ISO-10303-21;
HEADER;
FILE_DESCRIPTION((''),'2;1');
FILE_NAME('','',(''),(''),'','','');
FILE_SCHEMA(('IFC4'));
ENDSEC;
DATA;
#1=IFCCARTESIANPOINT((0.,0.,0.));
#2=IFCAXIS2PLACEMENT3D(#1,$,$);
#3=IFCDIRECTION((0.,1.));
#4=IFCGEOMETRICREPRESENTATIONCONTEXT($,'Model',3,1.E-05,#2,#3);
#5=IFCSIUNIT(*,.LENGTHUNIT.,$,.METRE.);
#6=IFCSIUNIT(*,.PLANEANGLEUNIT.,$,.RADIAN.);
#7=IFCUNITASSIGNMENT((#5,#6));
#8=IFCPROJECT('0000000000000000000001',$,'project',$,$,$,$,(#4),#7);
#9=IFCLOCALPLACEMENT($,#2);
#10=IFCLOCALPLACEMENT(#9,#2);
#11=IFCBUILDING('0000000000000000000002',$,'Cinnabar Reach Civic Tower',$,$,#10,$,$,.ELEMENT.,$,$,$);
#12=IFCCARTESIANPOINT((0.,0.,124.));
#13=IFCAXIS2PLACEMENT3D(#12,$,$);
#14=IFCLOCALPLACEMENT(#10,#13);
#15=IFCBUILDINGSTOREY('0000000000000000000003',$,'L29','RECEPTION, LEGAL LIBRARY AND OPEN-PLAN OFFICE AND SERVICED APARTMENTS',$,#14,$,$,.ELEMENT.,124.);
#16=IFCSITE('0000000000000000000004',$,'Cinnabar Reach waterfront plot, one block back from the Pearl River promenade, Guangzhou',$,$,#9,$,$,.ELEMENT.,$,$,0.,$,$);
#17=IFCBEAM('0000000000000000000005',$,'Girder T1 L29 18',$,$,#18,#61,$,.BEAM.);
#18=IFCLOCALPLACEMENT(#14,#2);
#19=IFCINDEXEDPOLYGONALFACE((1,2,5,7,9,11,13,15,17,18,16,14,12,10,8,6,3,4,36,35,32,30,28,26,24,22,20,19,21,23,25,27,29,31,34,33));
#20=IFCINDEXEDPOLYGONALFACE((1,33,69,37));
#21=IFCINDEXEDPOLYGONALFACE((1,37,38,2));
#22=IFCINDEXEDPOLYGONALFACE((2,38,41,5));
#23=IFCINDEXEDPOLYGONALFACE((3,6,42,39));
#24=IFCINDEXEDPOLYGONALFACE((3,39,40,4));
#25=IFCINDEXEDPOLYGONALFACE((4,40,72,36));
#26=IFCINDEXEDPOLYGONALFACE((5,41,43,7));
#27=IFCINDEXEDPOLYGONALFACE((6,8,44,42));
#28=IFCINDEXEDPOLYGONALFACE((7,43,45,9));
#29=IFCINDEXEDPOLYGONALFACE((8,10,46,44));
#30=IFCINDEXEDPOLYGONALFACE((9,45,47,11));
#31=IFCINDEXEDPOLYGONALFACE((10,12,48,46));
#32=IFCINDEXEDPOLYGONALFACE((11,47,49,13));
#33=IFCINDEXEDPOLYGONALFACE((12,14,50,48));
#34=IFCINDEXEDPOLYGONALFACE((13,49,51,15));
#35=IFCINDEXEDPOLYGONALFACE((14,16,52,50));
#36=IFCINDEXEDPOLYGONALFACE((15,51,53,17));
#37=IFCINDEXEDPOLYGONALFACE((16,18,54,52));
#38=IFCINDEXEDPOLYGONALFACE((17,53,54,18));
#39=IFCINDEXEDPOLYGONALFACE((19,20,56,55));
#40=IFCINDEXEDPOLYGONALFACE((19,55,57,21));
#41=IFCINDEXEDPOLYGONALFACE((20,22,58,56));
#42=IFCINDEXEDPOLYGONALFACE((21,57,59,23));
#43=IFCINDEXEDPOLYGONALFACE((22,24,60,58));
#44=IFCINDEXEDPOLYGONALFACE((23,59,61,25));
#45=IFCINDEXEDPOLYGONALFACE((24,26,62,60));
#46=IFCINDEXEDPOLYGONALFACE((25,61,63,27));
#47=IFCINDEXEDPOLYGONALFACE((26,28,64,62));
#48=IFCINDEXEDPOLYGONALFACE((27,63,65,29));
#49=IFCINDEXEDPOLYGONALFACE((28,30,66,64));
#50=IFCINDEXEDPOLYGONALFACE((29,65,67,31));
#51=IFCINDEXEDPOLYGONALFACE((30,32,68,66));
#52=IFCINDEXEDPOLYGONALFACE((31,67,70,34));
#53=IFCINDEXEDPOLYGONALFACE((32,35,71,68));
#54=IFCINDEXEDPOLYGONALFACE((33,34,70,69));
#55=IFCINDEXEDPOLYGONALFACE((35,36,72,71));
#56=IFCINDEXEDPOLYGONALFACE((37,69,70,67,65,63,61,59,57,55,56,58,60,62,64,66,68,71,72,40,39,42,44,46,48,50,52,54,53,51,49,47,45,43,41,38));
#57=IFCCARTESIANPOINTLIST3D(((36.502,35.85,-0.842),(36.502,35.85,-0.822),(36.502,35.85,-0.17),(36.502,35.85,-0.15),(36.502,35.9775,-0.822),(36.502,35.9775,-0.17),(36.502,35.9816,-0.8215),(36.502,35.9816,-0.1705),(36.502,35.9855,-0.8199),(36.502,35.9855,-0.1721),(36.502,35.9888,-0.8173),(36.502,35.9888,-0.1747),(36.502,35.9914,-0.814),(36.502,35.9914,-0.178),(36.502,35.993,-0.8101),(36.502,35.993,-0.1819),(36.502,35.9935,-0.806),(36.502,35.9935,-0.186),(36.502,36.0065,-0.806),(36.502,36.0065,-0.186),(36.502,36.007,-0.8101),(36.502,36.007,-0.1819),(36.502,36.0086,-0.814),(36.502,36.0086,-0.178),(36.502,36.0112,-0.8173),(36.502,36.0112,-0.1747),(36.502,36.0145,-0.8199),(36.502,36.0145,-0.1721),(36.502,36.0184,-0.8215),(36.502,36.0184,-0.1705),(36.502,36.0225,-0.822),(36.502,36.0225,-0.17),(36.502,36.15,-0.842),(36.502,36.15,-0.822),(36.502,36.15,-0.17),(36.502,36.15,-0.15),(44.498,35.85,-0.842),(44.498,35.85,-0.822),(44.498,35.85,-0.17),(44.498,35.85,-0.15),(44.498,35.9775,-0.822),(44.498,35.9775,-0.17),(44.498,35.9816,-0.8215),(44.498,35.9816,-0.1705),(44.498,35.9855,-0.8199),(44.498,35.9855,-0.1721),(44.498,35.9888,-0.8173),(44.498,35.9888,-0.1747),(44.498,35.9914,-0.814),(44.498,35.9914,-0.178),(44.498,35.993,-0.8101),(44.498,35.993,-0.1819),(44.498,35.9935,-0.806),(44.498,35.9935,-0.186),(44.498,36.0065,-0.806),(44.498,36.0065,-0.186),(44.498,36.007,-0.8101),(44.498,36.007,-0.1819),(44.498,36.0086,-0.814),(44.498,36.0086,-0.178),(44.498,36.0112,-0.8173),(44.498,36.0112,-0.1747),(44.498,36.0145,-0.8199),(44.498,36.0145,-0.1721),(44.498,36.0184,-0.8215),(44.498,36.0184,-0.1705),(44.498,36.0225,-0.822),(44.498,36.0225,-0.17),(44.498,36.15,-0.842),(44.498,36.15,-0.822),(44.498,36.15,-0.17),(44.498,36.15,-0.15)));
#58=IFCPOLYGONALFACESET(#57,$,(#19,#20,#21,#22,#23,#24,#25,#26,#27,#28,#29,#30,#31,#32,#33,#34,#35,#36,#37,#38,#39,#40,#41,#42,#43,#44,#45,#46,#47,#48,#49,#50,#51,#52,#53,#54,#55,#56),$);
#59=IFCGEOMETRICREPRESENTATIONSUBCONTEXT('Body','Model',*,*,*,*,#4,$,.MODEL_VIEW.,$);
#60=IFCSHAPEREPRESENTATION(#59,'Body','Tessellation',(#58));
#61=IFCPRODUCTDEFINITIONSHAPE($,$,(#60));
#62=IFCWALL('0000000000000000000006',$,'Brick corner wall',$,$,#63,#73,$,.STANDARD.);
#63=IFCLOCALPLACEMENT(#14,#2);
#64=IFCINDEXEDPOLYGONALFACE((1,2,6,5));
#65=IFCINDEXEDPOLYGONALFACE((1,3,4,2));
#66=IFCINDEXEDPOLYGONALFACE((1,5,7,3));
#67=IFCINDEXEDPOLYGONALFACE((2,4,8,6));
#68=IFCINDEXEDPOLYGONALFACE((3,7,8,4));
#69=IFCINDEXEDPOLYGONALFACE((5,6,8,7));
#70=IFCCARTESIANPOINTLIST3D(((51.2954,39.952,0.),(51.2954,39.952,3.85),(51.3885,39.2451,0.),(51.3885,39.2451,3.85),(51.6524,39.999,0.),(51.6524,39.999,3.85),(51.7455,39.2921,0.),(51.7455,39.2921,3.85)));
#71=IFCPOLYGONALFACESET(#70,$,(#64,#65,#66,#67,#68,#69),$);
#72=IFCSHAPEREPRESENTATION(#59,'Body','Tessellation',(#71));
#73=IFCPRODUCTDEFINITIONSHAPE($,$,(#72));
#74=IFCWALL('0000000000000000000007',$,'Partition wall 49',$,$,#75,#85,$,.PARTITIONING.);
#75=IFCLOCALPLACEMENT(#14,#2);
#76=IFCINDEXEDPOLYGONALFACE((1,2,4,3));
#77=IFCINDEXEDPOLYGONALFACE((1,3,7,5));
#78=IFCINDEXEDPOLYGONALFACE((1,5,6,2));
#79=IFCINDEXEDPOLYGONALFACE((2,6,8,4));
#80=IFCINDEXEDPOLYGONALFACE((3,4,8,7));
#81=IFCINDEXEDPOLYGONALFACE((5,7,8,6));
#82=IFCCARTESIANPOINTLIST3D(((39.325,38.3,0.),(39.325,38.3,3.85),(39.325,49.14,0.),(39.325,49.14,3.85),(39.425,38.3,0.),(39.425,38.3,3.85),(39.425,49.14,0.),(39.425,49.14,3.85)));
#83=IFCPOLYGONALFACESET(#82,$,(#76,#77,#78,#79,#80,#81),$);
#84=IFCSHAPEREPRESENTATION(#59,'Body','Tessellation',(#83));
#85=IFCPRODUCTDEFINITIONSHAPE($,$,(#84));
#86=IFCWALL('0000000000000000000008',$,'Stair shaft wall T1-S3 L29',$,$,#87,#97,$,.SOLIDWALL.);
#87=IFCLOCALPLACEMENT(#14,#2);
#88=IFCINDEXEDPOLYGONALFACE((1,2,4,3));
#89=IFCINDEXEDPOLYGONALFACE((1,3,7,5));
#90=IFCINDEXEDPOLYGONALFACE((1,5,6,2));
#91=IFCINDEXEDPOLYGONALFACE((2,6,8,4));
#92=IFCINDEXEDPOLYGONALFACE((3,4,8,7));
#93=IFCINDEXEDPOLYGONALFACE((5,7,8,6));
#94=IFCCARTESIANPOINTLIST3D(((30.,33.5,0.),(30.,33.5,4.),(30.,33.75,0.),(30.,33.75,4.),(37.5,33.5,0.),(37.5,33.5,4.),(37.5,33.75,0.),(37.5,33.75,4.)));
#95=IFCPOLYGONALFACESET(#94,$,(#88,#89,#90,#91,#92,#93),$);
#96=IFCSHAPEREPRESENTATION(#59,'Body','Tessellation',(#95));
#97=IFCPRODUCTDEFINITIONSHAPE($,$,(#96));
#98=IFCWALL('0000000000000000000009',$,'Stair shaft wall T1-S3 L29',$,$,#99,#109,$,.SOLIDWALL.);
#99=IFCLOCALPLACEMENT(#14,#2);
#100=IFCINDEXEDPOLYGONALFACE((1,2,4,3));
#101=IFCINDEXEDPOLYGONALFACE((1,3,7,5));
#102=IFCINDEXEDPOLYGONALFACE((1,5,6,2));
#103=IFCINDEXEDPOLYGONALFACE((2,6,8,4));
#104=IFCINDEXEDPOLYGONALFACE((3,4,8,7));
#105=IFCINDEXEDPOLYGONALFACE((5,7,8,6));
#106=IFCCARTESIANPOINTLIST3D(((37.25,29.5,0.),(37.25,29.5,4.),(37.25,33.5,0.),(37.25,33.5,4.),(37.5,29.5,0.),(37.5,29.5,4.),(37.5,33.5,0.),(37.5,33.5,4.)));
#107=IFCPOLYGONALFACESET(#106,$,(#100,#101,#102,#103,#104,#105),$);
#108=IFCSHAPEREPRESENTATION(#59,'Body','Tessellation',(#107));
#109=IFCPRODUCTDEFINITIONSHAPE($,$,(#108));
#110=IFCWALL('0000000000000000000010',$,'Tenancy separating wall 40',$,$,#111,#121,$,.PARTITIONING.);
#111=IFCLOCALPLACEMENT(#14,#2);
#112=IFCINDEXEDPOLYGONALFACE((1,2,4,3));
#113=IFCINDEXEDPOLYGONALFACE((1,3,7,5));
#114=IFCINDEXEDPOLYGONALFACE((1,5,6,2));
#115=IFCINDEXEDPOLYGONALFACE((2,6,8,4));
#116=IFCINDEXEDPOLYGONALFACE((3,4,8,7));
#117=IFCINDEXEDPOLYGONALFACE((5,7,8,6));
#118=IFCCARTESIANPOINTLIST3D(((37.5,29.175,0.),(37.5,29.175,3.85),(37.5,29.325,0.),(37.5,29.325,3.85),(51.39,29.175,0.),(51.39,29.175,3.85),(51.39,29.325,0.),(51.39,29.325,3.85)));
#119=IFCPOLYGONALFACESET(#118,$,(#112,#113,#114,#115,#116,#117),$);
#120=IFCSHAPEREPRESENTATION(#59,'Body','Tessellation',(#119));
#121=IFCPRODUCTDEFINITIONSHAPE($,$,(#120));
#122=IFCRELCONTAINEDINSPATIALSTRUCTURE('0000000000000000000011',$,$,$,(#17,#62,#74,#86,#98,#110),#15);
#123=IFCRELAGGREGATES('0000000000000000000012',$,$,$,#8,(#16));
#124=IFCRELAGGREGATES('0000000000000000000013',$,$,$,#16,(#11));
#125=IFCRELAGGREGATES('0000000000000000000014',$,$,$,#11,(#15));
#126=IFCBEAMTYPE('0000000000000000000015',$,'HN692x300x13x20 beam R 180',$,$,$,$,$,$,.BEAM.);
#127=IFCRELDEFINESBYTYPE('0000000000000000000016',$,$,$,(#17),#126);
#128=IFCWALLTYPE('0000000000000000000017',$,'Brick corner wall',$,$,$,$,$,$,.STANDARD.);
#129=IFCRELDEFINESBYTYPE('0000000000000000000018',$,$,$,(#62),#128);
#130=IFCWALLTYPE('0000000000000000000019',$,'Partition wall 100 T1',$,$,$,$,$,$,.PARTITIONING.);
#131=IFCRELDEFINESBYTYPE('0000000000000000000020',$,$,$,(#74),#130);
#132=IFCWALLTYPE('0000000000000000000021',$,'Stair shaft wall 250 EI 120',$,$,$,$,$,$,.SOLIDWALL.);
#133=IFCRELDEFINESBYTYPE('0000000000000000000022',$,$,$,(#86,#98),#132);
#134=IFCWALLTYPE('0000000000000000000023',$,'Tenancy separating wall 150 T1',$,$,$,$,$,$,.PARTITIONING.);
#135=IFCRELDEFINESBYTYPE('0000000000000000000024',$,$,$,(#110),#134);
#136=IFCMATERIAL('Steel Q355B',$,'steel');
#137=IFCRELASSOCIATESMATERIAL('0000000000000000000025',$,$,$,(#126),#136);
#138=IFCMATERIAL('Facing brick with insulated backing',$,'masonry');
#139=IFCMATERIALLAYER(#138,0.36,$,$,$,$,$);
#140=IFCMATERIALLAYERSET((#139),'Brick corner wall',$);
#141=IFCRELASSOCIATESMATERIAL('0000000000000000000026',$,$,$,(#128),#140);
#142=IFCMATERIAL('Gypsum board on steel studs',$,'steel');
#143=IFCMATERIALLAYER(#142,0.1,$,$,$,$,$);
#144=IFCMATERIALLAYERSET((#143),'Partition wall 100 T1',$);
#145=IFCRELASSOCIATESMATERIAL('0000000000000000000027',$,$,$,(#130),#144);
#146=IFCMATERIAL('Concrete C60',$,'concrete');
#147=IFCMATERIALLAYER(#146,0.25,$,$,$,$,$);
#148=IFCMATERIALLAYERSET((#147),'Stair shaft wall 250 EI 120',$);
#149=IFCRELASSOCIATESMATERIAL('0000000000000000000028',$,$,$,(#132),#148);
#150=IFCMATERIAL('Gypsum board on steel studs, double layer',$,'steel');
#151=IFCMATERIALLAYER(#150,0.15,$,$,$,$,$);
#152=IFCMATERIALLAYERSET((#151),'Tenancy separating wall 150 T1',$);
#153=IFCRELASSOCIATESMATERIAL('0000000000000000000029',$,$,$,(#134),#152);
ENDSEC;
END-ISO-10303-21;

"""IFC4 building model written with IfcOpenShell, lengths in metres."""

from ifc_helpers import new_model, si_unit, direction, frame, frame_2d, origin, origin_2d, place, context, subcontext, project, spatial, rectangle, i_section, extrude, material, layer, layer_set, material_profile, profile_set, type_object, element, save


model = new_model("IFC4")

# Units and contexts
model_context = context("Model", 3, precision=1e-05, world=origin(), true_north=direction((0.0, 1.0)))
body_context = subcontext(model_context, "Body", "Model", "MODEL_VIEW")
ifc_project = project(units=[si_unit("LENGTHUNIT", "METRE"), si_unit("PLANEANGLEUNIT", "RADIAN")], contexts=[model_context])

# Site, building, storey
site_placement = place(None, origin())
site = spatial("IfcSite", under=ifc_project, at=site_placement, Name="Cinnabar Reach waterfront plot, one block back from the Pearl River promenade, Guangzhou", CompositionType="ELEMENT", RefElevation=0.0)
building_placement = place(site_placement, origin())
building = spatial("IfcBuilding", under=site, at=building_placement, Name="Cinnabar Reach Civic Tower", CompositionType="ELEMENT")
storey_placement = place(building_placement, frame((0.0, 0.0, 124.0)))
storey = spatial("IfcBuildingStorey", under=building, at=storey_placement, Name="L29", Description="RECEPTION, LEGAL LIBRARY AND OPEN-PLAN OFFICE AND SERVICED APARTMENTS", CompositionType="ELEMENT", Elevation=124.0)

# Beam
ifc_material_1 = material(Name="Steel Q355B", Category="steel")
ifc_material_profile_1 = material_profile(ifc_material_1, i_section(OverallWidth=0.3, OverallDepth=0.692, WebThickness=0.013, FlangeThickness=0.02, FilletRadius=0.016, at=origin_2d()), Name="HN692x300x13x20")
ifc_profile_set_1 = profile_set([ifc_material_profile_1], Name="Steel Q355B")
beam_type_1 = type_object("IfcBeamType", Name="HN692x300x13x20 beam R 180", PredefinedType="BEAM", material=ifc_profile_set_1)
beam_1_placement = place(storey_placement, frame((36.502, 36.0, -0.496), z_axis=(1.0, 0.0, 0.0), x_axis=(0.0, 1.0, 0.0)))
element("IfcBeam", 1, at=beam_1_placement, inside=storey, type_object=beam_type_1, Name="Girder T1 L29 18", PredefinedType="BEAM", context=body_context, shape_type="SweptSolid", body=[
    extrude(i_section(OverallWidth=0.3, OverallDepth=0.692, WebThickness=0.013, FlangeThickness=0.02, FilletRadius=0.016, at=origin_2d()), origin(), (0.0, 0.0, 1.0), 7.996),
])

# Walls
ifc_material_2 = material(Name="Facing brick with insulated backing", Category="masonry")
ifc_layer_1 = layer(ifc_material_2, 0.36)
ifc_layer_set_1 = layer_set([ifc_layer_1], Name="Brick corner wall")
wall_type_1 = type_object("IfcWallType", Name="Brick corner wall", PredefinedType="STANDARD", material=ifc_layer_set_1)
wall_1_placement = place(storey_placement, frame((51.567, 39.2686, 0.0), z_axis=(0.0, 0.0, 1.0), x_axis=(-0.130556, 0.991441, 0.0)))
element("IfcWall", 2, at=wall_1_placement, inside=storey, type_object=wall_type_1, Name="Brick corner wall", PredefinedType="STANDARD", context=body_context, shape_type="SweptSolid", body=[
    extrude(rectangle(XDim=0.7131, YDim=0.36, at=frame_2d((0.3565, 0.0))), origin(), (0.0, 0.0, 1.0), 3.85),
])
ifc_material_3 = material(Name="Gypsum board on steel studs", Category="steel")
ifc_layer_2 = layer(ifc_material_3, 0.1)
ifc_layer_set_2 = layer_set([ifc_layer_2], Name="Partition wall 100 T1")
wall_type_2 = type_object("IfcWallType", Name="Partition wall 100 T1", PredefinedType="PARTITIONING", material=ifc_layer_set_2)
wall_2_placement = place(storey_placement, frame((39.375, 38.3, 0.0), z_axis=(0.0, 0.0, 1.0), x_axis=(0.0, 1.0, 0.0)))
element("IfcWall", 3, at=wall_2_placement, inside=storey, type_object=wall_type_2, Name="Partition wall 49", PredefinedType="PARTITIONING", context=body_context, shape_type="SweptSolid", body=[
    extrude(rectangle(XDim=10.84, YDim=0.1, at=frame_2d((5.42, 0.0))), origin(), (0.0, 0.0, 1.0), 3.85),
])
ifc_material_4 = material(Name="Concrete C60", Category="concrete")
ifc_layer_3 = layer(ifc_material_4, 0.25)
ifc_layer_set_3 = layer_set([ifc_layer_3], Name="Stair shaft wall 250 EI 120")
wall_type_3 = type_object("IfcWallType", Name="Stair shaft wall 250 EI 120", PredefinedType="SOLIDWALL", material=ifc_layer_set_3)
wall_3_placement = place(storey_placement, frame((37.5, 33.625, 0.0), z_axis=(0.0, 0.0, 1.0), x_axis=(-1.0, 0.0, 0.0)))
element("IfcWall", 4, at=wall_3_placement, inside=storey, type_object=wall_type_3, Name="Stair shaft wall T1-S3 L29", PredefinedType="SOLIDWALL", context=body_context, shape_type="SweptSolid", body=[
    extrude(rectangle(XDim=7.5, YDim=0.25, at=frame_2d((3.75, 0.0))), origin(), (0.0, 0.0, 1.0), 4.0),
])
wall_4_placement = place(storey_placement, frame((37.375, 29.5, 0.0), z_axis=(0.0, 0.0, 1.0), x_axis=(0.0, 1.0, 0.0)))
element("IfcWall", 5, at=wall_4_placement, inside=storey, type_object=wall_type_3, Name="Stair shaft wall T1-S3 L29", PredefinedType="SOLIDWALL", context=body_context, shape_type="SweptSolid", body=[
    extrude(rectangle(XDim=4.0, YDim=0.25, at=frame_2d((2.0, 0.0))), origin(), (0.0, 0.0, 1.0), 4.0),
])
ifc_material_5 = material(Name="Gypsum board on steel studs, double layer", Category="steel")
ifc_layer_4 = layer(ifc_material_5, 0.15)
ifc_layer_set_4 = layer_set([ifc_layer_4], Name="Tenancy separating wall 150 T1")
wall_type_4 = type_object("IfcWallType", Name="Tenancy separating wall 150 T1", PredefinedType="PARTITIONING", material=ifc_layer_set_4)
wall_5_placement = place(storey_placement, frame((37.5, 29.25, 0.0), z_axis=(0.0, 0.0, 1.0), x_axis=(1.0, 0.0, 0.0)))
element("IfcWall", 6, at=wall_5_placement, inside=storey, type_object=wall_type_4, Name="Tenancy separating wall 40", PredefinedType="PARTITIONING", context=body_context, shape_type="SweptSolid", body=[
    extrude(rectangle(XDim=13.89, YDim=0.15, at=frame_2d((6.945, 0.0))), origin(), (0.0, 0.0, 1.0), 3.85),
])

save(model, "model.ifc")
